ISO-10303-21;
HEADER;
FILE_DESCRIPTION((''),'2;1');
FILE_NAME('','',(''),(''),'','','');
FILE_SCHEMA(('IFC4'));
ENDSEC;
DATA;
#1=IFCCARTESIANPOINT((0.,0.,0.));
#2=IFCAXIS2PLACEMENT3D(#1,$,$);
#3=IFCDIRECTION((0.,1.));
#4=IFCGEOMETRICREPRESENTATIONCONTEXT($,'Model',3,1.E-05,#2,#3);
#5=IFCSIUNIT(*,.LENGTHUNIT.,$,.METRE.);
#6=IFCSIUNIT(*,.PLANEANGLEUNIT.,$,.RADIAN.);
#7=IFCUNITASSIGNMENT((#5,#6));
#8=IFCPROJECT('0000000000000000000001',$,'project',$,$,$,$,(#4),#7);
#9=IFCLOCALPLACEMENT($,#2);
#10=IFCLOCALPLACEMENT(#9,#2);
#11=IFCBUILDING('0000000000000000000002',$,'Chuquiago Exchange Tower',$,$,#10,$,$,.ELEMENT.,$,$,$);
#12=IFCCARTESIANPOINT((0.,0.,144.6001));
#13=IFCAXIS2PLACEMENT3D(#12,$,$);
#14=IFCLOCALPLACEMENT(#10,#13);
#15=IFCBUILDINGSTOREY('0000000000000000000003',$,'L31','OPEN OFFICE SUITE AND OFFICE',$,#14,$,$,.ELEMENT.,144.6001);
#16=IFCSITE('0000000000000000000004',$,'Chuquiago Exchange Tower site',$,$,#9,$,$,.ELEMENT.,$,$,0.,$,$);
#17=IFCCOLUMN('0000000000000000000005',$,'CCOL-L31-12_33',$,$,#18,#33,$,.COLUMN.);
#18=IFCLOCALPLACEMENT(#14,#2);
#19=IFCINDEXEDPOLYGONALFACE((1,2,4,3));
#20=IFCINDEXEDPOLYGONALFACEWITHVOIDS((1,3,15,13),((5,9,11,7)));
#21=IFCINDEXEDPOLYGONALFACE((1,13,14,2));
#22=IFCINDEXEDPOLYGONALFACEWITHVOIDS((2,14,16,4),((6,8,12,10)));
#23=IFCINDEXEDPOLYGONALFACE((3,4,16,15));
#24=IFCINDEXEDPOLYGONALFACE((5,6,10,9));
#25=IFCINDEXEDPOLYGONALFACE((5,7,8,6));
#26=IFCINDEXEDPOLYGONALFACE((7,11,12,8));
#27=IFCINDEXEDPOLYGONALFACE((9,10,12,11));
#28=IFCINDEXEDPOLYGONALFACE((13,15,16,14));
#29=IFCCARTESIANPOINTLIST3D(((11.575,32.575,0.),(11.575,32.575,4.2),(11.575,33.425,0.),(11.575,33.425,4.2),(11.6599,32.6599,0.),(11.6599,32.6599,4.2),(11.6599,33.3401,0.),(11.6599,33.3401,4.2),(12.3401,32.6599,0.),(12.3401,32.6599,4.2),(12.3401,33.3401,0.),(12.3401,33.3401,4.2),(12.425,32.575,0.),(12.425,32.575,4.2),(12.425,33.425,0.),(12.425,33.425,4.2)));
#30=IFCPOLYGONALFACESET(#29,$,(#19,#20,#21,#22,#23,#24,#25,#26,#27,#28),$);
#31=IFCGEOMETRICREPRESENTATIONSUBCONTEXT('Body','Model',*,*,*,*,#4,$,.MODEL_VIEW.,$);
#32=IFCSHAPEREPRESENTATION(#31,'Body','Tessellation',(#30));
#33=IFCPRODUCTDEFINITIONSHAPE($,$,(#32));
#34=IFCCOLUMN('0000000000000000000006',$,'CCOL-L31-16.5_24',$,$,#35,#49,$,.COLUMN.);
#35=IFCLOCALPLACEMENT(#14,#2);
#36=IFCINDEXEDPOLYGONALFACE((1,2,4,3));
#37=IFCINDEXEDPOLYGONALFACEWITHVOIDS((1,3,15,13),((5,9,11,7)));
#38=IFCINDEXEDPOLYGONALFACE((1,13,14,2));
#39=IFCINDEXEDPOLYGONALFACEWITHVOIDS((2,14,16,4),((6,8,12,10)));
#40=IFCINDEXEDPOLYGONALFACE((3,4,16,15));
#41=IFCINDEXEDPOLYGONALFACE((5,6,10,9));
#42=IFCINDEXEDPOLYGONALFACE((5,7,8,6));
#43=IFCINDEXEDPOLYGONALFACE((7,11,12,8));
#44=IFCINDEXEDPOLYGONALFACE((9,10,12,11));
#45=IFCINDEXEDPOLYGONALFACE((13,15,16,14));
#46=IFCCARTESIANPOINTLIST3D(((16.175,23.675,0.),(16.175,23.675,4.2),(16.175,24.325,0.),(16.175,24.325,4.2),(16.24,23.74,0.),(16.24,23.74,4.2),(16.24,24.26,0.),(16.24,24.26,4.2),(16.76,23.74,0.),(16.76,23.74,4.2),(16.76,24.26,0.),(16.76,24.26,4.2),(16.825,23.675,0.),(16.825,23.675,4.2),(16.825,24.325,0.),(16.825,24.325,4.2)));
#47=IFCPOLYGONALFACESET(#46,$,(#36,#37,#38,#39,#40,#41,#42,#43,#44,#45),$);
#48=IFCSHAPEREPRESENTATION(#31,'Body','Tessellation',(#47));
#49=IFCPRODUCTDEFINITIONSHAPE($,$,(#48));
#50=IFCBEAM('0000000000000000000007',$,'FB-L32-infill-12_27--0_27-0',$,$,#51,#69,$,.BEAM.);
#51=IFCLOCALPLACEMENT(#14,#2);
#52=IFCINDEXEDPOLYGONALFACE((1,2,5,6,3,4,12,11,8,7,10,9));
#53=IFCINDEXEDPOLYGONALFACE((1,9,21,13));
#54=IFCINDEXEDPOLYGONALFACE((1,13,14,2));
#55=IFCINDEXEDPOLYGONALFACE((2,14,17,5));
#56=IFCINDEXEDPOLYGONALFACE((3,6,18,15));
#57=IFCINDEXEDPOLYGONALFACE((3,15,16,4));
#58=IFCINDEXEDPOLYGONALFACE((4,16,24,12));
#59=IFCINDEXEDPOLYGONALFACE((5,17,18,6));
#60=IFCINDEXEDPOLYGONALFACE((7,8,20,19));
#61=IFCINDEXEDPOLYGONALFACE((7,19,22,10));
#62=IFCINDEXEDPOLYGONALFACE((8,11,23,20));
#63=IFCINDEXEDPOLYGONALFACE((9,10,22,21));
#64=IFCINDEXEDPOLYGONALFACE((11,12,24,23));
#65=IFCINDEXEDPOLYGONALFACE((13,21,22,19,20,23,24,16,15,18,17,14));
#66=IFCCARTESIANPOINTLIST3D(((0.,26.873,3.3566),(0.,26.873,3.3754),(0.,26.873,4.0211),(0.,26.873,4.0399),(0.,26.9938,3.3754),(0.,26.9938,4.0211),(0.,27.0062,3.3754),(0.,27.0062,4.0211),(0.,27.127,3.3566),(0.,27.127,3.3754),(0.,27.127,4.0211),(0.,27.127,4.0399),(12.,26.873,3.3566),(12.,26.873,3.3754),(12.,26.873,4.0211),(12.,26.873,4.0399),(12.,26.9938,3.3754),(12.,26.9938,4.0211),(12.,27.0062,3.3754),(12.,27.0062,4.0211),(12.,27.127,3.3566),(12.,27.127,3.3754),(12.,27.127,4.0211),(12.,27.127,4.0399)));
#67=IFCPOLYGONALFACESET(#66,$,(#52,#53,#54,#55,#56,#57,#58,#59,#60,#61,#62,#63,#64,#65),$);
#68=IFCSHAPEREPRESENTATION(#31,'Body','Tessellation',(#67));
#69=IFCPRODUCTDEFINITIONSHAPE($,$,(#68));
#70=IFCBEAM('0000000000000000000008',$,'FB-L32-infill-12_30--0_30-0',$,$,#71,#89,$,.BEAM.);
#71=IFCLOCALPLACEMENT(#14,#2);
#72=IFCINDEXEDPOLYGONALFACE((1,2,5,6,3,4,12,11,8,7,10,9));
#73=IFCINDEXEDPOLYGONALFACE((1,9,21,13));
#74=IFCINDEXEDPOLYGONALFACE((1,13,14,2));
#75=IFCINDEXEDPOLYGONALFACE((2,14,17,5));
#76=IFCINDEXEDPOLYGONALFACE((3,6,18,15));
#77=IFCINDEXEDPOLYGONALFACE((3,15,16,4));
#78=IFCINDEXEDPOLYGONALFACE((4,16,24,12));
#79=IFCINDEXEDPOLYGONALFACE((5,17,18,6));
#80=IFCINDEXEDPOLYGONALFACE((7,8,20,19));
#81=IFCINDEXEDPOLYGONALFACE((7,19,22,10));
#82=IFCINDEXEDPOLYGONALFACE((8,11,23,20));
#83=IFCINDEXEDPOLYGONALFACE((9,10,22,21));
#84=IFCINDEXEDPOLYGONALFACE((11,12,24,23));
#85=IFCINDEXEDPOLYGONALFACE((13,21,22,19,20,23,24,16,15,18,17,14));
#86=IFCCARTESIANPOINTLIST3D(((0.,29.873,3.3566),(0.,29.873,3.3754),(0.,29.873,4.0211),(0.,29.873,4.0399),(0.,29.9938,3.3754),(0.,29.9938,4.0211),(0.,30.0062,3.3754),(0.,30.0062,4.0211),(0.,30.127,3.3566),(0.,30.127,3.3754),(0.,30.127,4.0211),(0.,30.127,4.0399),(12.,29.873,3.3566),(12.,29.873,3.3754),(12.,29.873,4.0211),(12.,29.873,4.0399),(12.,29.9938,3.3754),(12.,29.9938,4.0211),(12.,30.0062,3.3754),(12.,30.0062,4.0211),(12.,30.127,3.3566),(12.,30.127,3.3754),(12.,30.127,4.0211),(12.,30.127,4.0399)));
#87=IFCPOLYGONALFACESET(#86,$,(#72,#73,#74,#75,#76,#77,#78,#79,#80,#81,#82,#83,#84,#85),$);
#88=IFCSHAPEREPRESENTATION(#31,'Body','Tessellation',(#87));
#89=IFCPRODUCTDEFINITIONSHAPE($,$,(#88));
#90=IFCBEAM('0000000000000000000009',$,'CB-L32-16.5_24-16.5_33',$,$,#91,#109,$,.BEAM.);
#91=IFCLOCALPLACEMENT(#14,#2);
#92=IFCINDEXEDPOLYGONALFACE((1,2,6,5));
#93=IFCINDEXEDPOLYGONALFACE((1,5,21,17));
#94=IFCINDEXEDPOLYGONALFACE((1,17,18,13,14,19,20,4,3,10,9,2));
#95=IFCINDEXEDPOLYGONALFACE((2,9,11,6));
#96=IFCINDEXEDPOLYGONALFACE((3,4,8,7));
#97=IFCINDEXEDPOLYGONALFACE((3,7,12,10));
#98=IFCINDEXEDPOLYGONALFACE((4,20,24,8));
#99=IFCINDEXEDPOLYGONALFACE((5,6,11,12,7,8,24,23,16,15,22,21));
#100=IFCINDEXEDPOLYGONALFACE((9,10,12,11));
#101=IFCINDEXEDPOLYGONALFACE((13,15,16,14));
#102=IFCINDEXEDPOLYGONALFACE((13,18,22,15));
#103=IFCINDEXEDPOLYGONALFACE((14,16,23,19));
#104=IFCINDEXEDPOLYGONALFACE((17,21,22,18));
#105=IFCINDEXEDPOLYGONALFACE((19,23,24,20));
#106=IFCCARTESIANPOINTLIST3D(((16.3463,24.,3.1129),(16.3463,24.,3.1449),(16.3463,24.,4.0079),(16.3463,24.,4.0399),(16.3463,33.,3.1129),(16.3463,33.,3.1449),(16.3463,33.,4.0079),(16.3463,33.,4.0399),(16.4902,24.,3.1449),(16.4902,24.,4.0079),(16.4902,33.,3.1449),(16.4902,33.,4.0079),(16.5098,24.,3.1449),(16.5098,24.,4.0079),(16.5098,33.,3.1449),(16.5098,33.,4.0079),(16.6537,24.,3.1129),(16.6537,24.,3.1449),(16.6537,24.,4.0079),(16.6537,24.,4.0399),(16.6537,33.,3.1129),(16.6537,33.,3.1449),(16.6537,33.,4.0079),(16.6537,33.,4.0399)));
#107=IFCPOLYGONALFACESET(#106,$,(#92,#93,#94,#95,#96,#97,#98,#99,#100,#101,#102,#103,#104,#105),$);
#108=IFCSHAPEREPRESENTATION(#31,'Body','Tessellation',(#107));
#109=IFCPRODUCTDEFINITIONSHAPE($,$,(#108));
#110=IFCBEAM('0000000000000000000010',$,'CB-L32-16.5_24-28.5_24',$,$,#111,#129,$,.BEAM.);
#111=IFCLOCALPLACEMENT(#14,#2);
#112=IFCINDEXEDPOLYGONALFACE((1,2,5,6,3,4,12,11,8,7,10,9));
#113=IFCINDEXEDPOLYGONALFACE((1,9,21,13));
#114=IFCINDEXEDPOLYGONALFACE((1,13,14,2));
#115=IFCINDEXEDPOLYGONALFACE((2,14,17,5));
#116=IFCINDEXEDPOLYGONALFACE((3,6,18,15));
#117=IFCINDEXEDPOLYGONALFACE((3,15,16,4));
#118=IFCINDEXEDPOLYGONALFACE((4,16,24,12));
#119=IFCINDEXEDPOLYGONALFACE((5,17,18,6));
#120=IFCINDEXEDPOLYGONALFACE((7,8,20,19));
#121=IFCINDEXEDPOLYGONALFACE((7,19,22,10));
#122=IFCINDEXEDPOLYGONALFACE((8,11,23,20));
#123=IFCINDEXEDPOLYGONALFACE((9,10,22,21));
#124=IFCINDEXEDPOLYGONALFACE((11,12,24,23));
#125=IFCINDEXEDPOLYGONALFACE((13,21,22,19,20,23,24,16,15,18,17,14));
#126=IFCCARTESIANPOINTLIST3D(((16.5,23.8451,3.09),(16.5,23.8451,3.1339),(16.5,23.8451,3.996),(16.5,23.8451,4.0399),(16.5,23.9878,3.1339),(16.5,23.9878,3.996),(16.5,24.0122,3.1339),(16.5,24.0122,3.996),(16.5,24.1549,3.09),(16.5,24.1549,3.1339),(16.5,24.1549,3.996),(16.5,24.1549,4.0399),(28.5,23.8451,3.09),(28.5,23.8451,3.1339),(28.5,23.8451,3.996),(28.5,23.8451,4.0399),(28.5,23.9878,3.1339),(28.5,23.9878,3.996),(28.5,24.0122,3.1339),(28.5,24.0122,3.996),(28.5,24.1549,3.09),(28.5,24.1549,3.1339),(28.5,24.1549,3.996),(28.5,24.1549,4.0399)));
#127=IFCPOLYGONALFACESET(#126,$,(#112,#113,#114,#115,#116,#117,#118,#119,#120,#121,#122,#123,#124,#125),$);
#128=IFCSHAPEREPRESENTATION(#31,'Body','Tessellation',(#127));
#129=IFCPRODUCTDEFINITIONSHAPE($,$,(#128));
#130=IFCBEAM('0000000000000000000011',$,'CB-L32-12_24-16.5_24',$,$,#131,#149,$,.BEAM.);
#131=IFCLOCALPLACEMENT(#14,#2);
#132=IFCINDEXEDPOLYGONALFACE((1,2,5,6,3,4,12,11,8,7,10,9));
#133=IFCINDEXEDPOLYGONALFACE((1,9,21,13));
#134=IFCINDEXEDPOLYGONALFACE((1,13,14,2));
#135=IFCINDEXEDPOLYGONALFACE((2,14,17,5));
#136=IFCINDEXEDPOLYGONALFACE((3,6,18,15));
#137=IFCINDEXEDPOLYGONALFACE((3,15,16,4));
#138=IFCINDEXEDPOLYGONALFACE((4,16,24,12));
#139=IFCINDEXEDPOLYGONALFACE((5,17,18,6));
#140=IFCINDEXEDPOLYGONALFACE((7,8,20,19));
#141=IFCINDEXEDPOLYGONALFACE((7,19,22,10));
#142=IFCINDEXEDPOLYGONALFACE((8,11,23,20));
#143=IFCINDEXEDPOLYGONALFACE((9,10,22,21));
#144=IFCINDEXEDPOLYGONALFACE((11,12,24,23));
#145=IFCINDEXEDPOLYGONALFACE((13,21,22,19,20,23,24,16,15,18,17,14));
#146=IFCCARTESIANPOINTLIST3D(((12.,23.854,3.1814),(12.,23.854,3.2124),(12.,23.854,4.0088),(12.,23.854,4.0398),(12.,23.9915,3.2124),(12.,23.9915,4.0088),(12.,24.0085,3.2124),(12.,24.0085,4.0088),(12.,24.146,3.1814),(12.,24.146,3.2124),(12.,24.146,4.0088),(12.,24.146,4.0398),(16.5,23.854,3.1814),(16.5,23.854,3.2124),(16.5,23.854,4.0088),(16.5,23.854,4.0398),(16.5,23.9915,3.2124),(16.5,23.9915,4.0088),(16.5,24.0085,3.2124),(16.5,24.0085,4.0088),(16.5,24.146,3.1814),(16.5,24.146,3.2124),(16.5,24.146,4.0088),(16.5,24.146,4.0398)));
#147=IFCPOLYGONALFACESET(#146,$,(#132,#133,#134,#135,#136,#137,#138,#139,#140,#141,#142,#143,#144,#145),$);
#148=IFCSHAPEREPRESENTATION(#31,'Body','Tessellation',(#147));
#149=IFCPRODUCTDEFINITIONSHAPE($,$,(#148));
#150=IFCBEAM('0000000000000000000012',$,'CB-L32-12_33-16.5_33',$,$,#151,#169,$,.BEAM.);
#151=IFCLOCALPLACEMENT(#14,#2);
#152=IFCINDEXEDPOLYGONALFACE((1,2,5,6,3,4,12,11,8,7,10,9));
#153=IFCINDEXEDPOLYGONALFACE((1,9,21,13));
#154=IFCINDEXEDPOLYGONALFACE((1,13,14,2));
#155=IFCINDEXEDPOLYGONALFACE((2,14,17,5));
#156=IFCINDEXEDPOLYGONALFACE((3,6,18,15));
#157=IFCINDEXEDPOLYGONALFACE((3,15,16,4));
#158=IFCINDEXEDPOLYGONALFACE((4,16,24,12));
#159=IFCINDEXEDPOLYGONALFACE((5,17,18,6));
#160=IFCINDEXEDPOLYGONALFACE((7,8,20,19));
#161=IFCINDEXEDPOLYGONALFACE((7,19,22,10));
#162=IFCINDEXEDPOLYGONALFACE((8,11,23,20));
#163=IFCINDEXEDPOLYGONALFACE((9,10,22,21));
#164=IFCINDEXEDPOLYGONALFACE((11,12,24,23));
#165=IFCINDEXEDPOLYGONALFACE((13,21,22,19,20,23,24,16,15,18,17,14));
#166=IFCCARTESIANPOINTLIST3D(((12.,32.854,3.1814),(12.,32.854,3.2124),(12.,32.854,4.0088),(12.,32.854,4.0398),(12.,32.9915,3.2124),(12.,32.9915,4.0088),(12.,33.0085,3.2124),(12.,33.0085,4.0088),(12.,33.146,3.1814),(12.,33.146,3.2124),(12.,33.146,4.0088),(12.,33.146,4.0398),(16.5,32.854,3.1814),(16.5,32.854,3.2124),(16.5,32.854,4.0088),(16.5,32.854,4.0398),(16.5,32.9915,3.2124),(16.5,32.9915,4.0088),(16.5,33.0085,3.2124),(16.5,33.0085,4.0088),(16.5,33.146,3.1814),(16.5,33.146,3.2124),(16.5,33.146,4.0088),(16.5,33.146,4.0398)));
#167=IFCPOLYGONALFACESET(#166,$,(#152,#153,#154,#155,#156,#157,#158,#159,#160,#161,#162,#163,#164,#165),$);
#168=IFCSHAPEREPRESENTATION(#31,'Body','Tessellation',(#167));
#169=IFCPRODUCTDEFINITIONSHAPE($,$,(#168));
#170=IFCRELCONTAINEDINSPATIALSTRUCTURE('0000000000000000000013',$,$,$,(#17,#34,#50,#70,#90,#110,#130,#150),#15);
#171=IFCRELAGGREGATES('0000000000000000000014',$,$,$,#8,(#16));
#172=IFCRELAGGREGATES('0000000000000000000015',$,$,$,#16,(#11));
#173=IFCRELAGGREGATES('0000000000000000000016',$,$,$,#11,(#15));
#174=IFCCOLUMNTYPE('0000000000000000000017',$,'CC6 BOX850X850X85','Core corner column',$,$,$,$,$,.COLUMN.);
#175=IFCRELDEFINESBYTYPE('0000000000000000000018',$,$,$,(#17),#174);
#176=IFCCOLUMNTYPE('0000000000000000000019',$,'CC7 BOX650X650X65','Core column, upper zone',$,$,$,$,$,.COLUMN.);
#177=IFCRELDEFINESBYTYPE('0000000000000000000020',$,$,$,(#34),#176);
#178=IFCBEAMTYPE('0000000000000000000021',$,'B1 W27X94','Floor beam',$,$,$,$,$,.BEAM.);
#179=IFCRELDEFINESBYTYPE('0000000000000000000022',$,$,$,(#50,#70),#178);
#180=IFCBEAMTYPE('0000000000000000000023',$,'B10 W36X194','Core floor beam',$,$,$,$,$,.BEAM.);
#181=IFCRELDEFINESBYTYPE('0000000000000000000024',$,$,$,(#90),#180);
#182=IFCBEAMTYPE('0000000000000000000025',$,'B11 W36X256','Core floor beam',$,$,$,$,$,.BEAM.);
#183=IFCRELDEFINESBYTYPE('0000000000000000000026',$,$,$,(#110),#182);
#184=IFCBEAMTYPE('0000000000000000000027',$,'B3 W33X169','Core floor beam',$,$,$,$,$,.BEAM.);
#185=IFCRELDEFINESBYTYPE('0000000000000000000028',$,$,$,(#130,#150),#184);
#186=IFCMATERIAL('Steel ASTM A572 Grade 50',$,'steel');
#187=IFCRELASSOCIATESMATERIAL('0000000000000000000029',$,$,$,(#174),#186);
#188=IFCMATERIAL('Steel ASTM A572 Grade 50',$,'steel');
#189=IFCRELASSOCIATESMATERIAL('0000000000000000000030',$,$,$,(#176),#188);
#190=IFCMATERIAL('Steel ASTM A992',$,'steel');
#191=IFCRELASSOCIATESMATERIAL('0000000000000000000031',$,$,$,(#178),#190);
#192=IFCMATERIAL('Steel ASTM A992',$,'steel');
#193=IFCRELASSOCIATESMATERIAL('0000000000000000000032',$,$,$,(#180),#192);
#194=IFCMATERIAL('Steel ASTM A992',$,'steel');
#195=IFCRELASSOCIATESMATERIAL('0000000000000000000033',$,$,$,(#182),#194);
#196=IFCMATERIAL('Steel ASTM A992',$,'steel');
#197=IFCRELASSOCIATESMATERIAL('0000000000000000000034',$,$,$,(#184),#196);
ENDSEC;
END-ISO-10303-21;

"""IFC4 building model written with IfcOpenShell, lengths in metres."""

from ifc_helpers import new_model, si_unit, direction, frame, origin, origin_2d, place, context, subcontext, project, spatial, hollow_rectangle, i_section, extrude, material, material_profile, profile_set, type_object, element, save


model = new_model("IFC4")

# Units and contexts
model_context = context("Model", 3, precision=1e-05, world=origin(), true_north=direction((0.0, 1.0)))
body_context = subcontext(model_context, "Body", "Model", "MODEL_VIEW")
ifc_project = project(units=[si_unit("LENGTHUNIT", "METRE"), si_unit("PLANEANGLEUNIT", "RADIAN")], contexts=[model_context])

# Site, building, storey
site_placement = place(None, origin())
site = spatial("IfcSite", under=ifc_project, at=site_placement, Name="Chuquiago Exchange Tower site", CompositionType="ELEMENT", RefElevation=0.0)
building_placement = place(site_placement, origin())
building = spatial("IfcBuilding", under=site, at=building_placement, Name="Chuquiago Exchange Tower", CompositionType="ELEMENT")
storey_placement = place(building_placement, frame((0.0, 0.0, 144.6001)))
storey = spatial("IfcBuildingStorey", under=building, at=storey_placement, Name="L31", Description="OPEN OFFICE SUITE AND OFFICE", CompositionType="ELEMENT", Elevation=144.6001)

# Columns
ifc_material_1 = material(Name="Steel ASTM A572 Grade 50", Category="steel")
ifc_material_profile_1 = material_profile(ifc_material_1, hollow_rectangle(XDim=0.8501, YDim=0.8501, WallThickness=0.085, at=origin_2d()), Name="BOX850X850X85")
ifc_profile_set_1 = profile_set([ifc_material_profile_1], Name="Steel ASTM A572 Grade 50")
column_type_1 = type_object("IfcColumnType", Name="CC6 BOX850X850X85", Description="Core corner column", PredefinedType="COLUMN", material=ifc_profile_set_1)
column_1_placement = place(storey_placement, frame((12.0, 33.0, 0.0), z_axis=(0.0, 0.0, 1.0), x_axis=(1.0, 0.0, 0.0)))
element("IfcColumn", 1, at=column_1_placement, inside=storey, type_object=column_type_1, Name="CCOL-L31-12_33", PredefinedType="COLUMN", context=body_context, shape_type="SweptSolid", body=[
    extrude(hollow_rectangle(XDim=0.8501, YDim=0.8501, WallThickness=0.085, at=origin_2d()), origin(), (0.0, 0.0, 1.0), 4.2),
])
ifc_material_2 = material(Name="Steel ASTM A572 Grade 50", Category="steel")
ifc_material_profile_2 = material_profile(ifc_material_2, hollow_rectangle(XDim=0.6499, YDim=0.6499, WallThickness=0.0649, at=origin_2d()), Name="BOX650X650X65")
ifc_profile_set_2 = profile_set([ifc_material_profile_2], Name="Steel ASTM A572 Grade 50")
column_type_2 = type_object("IfcColumnType", Name="CC7 BOX650X650X65", Description="Core column, upper zone", PredefinedType="COLUMN", material=ifc_profile_set_2)
column_2_placement = place(storey_placement, frame((16.5, 24.0, 0.0), z_axis=(0.0, 0.0, 1.0), x_axis=(1.0, 0.0, 0.0)))
element("IfcColumn", 2, at=column_2_placement, inside=storey, type_object=column_type_2, Name="CCOL-L31-16.5_24", PredefinedType="COLUMN", context=body_context, shape_type="SweptSolid", body=[
    extrude(hollow_rectangle(XDim=0.6499, YDim=0.6499, WallThickness=0.0649, at=origin_2d()), origin(), (0.0, 0.0, 1.0), 4.2),
])

# Beams
ifc_material_3 = material(Name="Steel ASTM A992", Category="steel")
ifc_material_profile_3 = material_profile(ifc_material_3, i_section(OverallWidth=0.2539, OverallDepth=0.6833, WebThickness=0.0125, FlangeThickness=0.0188, at=origin_2d()), Name="W27X94")
ifc_profile_set_3 = profile_set([ifc_material_profile_3], Name="Steel ASTM A992")
beam_type_1 = type_object("IfcBeamType", Name="B1 W27X94", Description="Floor beam", PredefinedType="BEAM", material=ifc_profile_set_3)
for number, where, z_axis, x_axis, name in (
    (3, (12.0, 27.0, 3.6982), (-1.0, 0.0, 0.0), (0.0, -1.0, 0.0), "FB-L32-infill-12_27--0_27-0"),
    (4, (12.0, 30.0, 3.6982), (-1.0, 0.0, 0.0), (0.0, -1.0, 0.0), "FB-L32-infill-12_30--0_30-0"),
):
    element("IfcBeam", number, at=place(storey_placement, frame(where, z_axis=z_axis, x_axis=x_axis)), inside=storey, type_object=beam_type_1, Name=name, PredefinedType="BEAM", context=body_context, shape_type="SweptSolid", body=[
        extrude(i_section(OverallWidth=0.2539, OverallDepth=0.6833, WebThickness=0.0125, FlangeThickness=0.0188, at=origin_2d()), origin(), (0.0, 0.0, 1.0), 12.0),
    ])
ifc_material_4 = material(Name="Steel ASTM A992", Category="steel")
ifc_material_profile_4 = material_profile(ifc_material_4, i_section(OverallWidth=0.3074, OverallDepth=0.927, WebThickness=0.0195, FlangeThickness=0.032, at=origin_2d()), Name="W36X194")
ifc_profile_set_4 = profile_set([ifc_material_profile_4], Name="Steel ASTM A992")
beam_type_2 = type_object("IfcBeamType", Name="B10 W36X194", Description="Core floor beam", PredefinedType="BEAM", material=ifc_profile_set_4)
beam_1_placement = place(storey_placement, frame((16.5, 24.0, 3.5764), z_axis=(0.0, 1.0, 0.0), x_axis=(-1.0, 0.0, 0.0)))
element("IfcBeam", 5, at=beam_1_placement, inside=storey, type_object=beam_type_2, Name="CB-L32-16.5_24-16.5_33", PredefinedType="BEAM", context=body_context, shape_type="SweptSolid", body=[
    extrude(i_section(OverallWidth=0.3074, OverallDepth=0.927, WebThickness=0.0195, FlangeThickness=0.032, at=origin_2d()), origin(), (0.0, 0.0, 1.0), 9.0),
])
ifc_material_5 = material(Name="Steel ASTM A992", Category="steel")
ifc_material_profile_5 = material_profile(ifc_material_5, i_section(OverallWidth=0.3098, OverallDepth=0.95, WebThickness=0.0244, FlangeThickness=0.0439, at=origin_2d()), Name="W36X256")
ifc_profile_set_5 = profile_set([ifc_material_profile_5], Name="Steel ASTM A992")
beam_type_3 = type_object("IfcBeamType", Name="B11 W36X256", Description="Core floor beam", PredefinedType="BEAM", material=ifc_profile_set_5)
beam_2_placement = place(storey_placement, frame((16.5, 24.0, 3.5649), z_axis=(1.0, 0.0, 0.0), x_axis=(0.0, 1.0, 0.0)))
element("IfcBeam", 6, at=beam_2_placement, inside=storey, type_object=beam_type_3, Name="CB-L32-16.5_24-28.5_24", PredefinedType="BEAM", context=body_context, shape_type="SweptSolid", body=[
    extrude(i_section(OverallWidth=0.3098, OverallDepth=0.95, WebThickness=0.0244, FlangeThickness=0.0439, at=origin_2d()), origin(), (0.0, 0.0, 1.0), 12.0),
])
ifc_material_6 = material(Name="Steel ASTM A992", Category="steel")
ifc_material_profile_6 = material_profile(ifc_material_6, i_section(OverallWidth=0.292, OverallDepth=0.8584, WebThickness=0.0171, FlangeThickness=0.031, at=origin_2d()), Name="W33X169")
ifc_profile_set_6 = profile_set([ifc_material_profile_6], Name="Steel ASTM A992")
beam_type_4 = type_object("IfcBeamType", Name="B3 W33X169", Description="Core floor beam", PredefinedType="BEAM", material=ifc_profile_set_6)
for number, where, z_axis, x_axis, name in (
    (7, (12.0, 24.0, 3.6106), (1.0, 0.0, 0.0), (0.0, 1.0, 0.0), "CB-L32-12_24-16.5_24"),
    (8, (12.0, 33.0, 3.6106), (1.0, 0.0, 0.0), (0.0, 1.0, 0.0), "CB-L32-12_33-16.5_33"),
):
    element("IfcBeam", number, at=place(storey_placement, frame(where, z_axis=z_axis, x_axis=x_axis)), inside=storey, type_object=beam_type_4, Name=name, PredefinedType="BEAM", context=body_context, shape_type="SweptSolid", body=[
        extrude(i_section(OverallWidth=0.292, OverallDepth=0.8584, WebThickness=0.0171, FlangeThickness=0.031, at=origin_2d()), origin(), (0.0, 0.0, 1.0), 4.5),
    ])

save(model, "model.ifc")
